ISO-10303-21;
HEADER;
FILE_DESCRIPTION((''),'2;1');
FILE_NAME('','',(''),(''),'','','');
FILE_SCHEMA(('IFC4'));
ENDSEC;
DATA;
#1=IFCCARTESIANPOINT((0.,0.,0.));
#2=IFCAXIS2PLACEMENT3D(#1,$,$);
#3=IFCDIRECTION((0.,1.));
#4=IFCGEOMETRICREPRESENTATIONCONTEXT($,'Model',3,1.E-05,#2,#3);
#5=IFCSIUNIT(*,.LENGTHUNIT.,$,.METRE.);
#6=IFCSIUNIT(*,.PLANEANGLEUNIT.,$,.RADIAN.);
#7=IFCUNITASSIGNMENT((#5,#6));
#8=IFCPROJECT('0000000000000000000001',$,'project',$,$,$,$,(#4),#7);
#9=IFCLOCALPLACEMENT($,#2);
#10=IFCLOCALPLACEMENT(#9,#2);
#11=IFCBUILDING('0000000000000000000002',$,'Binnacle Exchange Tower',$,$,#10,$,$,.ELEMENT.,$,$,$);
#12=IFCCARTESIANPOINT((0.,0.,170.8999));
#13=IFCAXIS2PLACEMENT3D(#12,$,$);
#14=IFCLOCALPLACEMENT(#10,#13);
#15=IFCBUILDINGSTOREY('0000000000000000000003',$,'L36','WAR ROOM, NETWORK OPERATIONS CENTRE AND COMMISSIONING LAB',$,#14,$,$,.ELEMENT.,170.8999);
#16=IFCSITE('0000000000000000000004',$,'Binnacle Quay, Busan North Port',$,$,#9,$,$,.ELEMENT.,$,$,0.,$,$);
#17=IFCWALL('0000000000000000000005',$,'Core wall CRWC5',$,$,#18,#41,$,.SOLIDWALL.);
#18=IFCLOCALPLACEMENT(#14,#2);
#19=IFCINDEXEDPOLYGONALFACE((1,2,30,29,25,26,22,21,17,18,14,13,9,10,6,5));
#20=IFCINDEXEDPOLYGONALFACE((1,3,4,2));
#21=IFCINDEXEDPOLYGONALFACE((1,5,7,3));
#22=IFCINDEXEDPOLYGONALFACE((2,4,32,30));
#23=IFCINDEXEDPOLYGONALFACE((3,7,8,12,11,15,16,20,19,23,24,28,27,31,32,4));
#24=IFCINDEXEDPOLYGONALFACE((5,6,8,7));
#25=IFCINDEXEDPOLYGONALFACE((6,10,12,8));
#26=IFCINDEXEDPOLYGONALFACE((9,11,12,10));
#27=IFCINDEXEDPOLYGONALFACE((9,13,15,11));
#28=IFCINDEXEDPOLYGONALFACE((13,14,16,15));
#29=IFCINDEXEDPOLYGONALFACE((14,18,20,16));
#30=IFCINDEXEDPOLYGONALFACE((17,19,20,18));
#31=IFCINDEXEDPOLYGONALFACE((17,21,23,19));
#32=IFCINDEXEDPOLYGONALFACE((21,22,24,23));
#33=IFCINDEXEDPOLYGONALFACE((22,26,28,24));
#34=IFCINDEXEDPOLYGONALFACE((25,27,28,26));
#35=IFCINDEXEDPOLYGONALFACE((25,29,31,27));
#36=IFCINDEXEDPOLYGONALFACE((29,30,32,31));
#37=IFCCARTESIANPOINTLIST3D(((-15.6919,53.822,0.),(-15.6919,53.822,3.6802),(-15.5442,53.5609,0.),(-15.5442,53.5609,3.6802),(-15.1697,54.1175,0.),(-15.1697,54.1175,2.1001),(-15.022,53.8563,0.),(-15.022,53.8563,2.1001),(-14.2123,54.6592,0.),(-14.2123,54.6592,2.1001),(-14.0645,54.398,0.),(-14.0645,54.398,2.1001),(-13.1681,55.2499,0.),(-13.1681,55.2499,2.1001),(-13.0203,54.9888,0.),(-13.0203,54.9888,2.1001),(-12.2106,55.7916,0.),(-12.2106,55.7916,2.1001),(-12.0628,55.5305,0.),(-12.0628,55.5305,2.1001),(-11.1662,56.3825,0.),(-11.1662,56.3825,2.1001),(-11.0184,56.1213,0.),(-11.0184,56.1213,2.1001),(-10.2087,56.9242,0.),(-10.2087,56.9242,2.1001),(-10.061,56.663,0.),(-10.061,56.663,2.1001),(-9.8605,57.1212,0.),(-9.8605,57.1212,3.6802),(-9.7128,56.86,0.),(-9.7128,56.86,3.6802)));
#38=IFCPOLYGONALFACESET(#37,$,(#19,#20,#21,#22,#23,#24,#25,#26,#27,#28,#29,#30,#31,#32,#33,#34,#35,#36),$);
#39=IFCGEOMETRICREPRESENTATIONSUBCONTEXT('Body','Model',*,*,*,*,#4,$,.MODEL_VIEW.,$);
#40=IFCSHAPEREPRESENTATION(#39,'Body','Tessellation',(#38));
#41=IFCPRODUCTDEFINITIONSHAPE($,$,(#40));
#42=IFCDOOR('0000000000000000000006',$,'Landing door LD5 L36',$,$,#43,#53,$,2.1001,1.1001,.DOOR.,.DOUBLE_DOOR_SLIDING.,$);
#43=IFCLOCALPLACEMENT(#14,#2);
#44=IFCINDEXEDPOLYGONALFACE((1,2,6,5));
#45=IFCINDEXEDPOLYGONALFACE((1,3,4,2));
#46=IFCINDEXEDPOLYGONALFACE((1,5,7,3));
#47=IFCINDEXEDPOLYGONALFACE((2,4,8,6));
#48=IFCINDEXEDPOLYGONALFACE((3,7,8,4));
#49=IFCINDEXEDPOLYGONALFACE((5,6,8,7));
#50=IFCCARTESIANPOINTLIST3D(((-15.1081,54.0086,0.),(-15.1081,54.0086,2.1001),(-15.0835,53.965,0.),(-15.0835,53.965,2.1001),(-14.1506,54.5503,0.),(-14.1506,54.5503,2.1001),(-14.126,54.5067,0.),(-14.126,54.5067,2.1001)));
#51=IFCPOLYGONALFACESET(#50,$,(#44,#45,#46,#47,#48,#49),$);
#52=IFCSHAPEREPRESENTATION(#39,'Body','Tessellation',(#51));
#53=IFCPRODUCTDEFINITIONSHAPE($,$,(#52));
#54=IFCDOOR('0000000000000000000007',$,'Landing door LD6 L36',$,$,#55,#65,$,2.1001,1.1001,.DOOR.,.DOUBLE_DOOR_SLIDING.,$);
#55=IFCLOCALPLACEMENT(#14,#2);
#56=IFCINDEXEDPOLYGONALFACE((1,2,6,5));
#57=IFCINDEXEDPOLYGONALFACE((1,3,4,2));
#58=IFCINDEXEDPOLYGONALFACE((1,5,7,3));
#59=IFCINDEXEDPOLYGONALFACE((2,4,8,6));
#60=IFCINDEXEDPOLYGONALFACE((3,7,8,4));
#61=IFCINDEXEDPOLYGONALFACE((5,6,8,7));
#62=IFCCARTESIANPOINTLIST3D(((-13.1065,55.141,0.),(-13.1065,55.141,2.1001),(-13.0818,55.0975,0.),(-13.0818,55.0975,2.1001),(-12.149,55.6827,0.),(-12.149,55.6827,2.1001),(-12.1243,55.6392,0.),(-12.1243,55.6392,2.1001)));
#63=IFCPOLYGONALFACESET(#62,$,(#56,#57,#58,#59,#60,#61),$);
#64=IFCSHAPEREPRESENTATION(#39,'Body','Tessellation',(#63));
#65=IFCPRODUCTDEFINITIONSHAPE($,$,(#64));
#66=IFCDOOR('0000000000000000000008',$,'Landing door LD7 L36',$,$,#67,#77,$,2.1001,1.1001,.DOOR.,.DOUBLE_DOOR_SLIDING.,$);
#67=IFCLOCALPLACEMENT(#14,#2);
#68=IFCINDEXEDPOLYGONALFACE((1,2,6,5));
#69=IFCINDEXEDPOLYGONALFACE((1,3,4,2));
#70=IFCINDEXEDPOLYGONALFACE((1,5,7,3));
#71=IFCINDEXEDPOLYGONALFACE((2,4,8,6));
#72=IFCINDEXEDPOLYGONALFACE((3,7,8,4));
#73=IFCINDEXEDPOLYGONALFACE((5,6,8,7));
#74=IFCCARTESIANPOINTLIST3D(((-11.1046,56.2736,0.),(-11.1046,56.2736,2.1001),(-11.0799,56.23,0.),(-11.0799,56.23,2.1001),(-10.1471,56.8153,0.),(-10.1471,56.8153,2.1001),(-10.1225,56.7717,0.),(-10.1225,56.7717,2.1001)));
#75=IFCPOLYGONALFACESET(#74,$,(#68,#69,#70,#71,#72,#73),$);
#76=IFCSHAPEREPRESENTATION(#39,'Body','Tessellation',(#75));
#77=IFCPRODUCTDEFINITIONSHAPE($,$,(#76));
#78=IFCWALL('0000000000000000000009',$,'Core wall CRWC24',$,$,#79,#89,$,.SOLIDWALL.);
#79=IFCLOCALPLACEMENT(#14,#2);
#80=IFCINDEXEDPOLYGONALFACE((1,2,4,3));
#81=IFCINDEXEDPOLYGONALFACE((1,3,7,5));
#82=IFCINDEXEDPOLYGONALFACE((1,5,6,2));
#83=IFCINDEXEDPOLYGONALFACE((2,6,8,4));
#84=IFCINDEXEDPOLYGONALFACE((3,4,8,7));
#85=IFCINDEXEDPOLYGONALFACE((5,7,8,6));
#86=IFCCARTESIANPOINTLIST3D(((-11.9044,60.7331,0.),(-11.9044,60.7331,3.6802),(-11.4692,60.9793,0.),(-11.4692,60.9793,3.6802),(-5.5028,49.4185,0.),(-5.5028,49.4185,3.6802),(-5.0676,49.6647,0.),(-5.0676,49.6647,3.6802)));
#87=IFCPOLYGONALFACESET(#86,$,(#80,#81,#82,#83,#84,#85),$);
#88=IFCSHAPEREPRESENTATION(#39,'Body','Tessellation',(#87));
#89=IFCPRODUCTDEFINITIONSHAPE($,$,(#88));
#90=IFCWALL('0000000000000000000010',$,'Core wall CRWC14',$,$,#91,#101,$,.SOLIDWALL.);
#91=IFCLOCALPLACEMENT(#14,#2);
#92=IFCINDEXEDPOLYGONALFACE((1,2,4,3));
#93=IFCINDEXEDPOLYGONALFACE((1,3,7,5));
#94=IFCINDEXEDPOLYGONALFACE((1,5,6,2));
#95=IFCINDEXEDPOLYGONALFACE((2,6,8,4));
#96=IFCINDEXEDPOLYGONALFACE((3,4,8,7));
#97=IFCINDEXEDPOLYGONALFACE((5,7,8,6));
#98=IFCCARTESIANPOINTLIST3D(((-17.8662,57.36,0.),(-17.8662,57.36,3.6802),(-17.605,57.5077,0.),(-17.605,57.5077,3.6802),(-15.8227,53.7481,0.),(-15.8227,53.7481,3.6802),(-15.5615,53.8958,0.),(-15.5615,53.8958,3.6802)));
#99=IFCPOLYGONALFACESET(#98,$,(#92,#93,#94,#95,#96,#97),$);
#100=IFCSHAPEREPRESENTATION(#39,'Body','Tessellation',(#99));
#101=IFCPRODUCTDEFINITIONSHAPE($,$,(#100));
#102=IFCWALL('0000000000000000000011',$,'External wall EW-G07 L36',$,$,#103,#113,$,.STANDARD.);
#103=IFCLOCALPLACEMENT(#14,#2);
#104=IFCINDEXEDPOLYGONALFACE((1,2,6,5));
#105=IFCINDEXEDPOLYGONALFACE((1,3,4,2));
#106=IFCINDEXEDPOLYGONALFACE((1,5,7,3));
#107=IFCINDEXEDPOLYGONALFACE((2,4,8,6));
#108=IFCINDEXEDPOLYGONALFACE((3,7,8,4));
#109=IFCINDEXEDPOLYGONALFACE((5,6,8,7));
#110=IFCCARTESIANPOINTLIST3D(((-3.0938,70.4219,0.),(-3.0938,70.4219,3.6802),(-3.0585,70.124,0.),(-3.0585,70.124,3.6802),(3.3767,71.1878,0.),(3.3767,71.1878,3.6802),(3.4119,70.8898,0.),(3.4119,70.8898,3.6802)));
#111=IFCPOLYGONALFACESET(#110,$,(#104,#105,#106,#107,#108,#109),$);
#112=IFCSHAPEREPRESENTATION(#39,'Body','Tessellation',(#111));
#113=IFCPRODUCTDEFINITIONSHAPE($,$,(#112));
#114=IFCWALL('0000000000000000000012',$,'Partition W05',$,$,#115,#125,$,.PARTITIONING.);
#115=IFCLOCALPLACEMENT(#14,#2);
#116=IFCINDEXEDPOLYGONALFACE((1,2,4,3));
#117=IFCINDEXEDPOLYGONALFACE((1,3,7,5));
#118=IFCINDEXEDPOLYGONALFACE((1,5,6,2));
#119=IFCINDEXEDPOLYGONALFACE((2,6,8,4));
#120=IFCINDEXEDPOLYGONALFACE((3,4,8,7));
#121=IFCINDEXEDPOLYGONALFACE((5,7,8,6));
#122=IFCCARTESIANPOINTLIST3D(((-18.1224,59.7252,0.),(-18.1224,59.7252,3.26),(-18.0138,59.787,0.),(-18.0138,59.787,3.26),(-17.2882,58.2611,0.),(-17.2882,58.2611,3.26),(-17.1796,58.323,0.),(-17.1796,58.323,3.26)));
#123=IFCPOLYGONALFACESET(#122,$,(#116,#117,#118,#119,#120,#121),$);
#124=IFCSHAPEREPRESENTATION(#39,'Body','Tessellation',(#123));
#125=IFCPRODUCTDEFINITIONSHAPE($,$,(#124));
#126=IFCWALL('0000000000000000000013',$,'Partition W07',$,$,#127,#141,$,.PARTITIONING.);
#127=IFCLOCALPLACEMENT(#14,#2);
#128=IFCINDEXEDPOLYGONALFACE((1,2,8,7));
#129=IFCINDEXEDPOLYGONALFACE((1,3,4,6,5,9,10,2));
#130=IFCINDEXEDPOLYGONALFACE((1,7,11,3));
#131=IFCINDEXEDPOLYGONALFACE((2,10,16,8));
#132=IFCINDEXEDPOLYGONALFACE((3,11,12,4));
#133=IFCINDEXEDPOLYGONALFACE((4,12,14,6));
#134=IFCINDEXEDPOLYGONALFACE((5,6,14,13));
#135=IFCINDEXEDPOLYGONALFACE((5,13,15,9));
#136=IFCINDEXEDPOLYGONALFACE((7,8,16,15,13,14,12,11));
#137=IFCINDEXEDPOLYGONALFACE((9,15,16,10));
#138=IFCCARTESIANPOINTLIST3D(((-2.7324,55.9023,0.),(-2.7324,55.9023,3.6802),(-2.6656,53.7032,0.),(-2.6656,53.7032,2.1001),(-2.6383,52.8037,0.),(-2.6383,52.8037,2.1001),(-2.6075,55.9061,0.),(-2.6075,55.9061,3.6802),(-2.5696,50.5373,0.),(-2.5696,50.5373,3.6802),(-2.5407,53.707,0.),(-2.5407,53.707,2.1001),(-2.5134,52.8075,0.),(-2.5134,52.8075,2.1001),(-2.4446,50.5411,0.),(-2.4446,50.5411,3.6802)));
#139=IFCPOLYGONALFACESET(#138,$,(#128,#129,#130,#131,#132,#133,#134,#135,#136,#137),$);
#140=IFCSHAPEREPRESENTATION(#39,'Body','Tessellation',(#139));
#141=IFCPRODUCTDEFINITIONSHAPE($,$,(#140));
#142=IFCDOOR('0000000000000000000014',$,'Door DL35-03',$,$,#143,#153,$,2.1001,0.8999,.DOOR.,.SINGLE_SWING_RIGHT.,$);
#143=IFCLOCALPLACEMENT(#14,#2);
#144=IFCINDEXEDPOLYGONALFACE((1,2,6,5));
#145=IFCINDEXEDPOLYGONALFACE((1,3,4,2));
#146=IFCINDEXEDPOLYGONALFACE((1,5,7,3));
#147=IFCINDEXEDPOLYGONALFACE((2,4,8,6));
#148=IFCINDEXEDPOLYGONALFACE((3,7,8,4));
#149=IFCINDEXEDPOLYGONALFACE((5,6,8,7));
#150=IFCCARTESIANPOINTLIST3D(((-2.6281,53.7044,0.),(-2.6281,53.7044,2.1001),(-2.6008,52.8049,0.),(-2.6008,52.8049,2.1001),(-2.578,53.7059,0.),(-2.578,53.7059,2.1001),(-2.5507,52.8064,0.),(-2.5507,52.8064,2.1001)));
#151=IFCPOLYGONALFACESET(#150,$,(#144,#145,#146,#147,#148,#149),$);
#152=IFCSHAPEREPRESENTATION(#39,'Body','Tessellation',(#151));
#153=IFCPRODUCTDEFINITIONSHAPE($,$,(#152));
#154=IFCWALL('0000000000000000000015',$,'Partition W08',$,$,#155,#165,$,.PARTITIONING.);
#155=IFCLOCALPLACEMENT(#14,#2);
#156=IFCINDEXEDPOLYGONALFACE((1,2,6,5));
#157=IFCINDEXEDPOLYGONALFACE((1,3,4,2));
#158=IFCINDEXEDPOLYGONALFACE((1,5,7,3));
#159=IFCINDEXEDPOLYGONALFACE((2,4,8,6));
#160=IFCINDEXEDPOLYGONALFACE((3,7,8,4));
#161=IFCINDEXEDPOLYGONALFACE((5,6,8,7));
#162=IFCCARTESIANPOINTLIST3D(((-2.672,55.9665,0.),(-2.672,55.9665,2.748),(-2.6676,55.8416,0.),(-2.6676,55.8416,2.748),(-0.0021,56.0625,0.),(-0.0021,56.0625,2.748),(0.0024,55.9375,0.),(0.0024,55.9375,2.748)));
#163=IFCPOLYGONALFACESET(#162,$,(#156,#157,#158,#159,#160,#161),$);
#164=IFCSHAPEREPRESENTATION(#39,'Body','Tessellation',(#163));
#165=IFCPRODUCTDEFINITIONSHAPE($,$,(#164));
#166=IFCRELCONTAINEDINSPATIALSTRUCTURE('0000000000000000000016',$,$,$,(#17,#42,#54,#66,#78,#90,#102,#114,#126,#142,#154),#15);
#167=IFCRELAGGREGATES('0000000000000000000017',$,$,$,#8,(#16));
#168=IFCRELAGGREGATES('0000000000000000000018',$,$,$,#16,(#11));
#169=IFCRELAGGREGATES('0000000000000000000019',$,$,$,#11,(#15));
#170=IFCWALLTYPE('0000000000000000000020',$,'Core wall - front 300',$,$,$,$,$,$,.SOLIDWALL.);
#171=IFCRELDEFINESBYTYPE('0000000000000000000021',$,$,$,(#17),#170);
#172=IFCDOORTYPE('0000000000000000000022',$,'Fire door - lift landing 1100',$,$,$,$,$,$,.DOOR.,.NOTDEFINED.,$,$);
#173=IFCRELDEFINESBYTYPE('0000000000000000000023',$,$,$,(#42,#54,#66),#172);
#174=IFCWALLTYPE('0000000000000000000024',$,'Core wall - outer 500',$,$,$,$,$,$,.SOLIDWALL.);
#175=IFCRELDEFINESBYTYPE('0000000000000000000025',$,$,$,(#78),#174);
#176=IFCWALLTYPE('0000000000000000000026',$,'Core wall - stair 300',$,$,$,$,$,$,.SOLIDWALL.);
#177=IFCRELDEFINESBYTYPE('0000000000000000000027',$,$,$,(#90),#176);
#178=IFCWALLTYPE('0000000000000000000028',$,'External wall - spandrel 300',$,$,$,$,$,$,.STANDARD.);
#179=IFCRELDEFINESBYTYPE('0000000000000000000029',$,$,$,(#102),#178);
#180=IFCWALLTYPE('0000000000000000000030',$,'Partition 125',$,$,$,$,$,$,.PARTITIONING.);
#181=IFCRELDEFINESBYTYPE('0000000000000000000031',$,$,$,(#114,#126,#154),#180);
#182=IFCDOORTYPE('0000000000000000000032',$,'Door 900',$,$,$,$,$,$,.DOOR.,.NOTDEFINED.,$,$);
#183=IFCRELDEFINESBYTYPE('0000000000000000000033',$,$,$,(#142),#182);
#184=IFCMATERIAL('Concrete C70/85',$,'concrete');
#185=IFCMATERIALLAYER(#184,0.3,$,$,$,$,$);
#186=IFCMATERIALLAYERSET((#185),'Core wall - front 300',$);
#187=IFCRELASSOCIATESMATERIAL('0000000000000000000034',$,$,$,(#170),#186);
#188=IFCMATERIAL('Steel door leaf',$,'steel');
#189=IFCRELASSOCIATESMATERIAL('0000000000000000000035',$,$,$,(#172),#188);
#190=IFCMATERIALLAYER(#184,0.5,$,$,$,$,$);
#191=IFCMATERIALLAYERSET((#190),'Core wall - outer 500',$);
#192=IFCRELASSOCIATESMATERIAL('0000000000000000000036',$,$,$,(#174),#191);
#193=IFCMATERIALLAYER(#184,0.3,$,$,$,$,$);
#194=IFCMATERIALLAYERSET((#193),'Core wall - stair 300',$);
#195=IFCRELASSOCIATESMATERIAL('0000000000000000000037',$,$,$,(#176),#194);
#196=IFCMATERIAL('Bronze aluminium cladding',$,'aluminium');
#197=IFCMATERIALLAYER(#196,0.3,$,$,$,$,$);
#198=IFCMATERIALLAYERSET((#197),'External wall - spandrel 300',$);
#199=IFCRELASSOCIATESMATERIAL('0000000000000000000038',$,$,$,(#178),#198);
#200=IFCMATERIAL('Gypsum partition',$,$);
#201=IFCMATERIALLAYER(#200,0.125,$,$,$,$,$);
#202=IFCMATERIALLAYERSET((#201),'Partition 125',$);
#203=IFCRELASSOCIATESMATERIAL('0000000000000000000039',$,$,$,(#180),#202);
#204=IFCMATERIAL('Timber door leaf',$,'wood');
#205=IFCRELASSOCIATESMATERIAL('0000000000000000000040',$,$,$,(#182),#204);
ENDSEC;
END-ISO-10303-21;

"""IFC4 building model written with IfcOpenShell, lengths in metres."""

from ifc_helpers import new_model, si_unit, direction, frame, frame_2d, origin, place, context, subcontext, project, spatial, rectangle, extrude, material, layer, layer_set, type_object, element, fill, save


model = new_model("IFC4")

# Units and contexts
model_context = context("Model", 3, precision=1e-05, world=origin(), true_north=direction((0.0, 1.0)))
body_context = subcontext(model_context, "Body", "Model", "MODEL_VIEW")
ifc_project = project(units=[si_unit("LENGTHUNIT", "METRE"), si_unit("PLANEANGLEUNIT", "RADIAN")], contexts=[model_context])

# Site, building, storey
site_placement = place(None, origin())
site = spatial("IfcSite", under=ifc_project, at=site_placement, Name="Binnacle Quay, Busan North Port", CompositionType="ELEMENT", RefElevation=0.0)
building_placement = place(site_placement, origin())
building = spatial("IfcBuilding", under=site, at=building_placement, Name="Binnacle Exchange Tower", CompositionType="ELEMENT")
storey_placement = place(building_placement, frame((0.0, 0.0, 170.8999)))
storey = spatial("IfcBuildingStorey", under=building, at=storey_placement, Name="L36", Description="WAR ROOM, NETWORK OPERATIONS CENTRE AND COMMISSIONING LAB", CompositionType="ELEMENT", Elevation=170.8999)

# Shared definitions
ifc_material_1 = material(Name="Concrete C70/85", Category="concrete")

# Wall, openings, doors
ifc_layer_1 = layer(ifc_material_1, 0.3)
ifc_layer_set_1 = layer_set([ifc_layer_1], Name="Core wall - front 300")
wall_type_1 = type_object("IfcWallType", Name="Core wall - front 300", PredefinedType="SOLIDWALL", material=ifc_layer_set_1)
wall_1_placement = place(storey_placement, frame((-15.6182, 53.6914, 0.0), z_axis=(0.0, 0.0, 1.0), x_axis=(0.870363, 0.49241, 0.0)))
wall_1 = element("IfcWall", 1, at=wall_1_placement, inside=storey, type_object=wall_type_1, Name="Core wall CRWC5", PredefinedType="SOLIDWALL", context=body_context, shape_type="SweptSolid", body=[
    extrude(rectangle(XDim=6.7, YDim=0.3, at=frame_2d((3.3501, 0.0))), origin(), (0.0, 0.0, 1.0), 3.6802),
])
opening_1_placement = place(wall_1_placement, frame((0.6001, 0.0, 0.0)))
opening_1 = element("IfcOpeningElement", 2, at=opening_1_placement, cuts=wall_1, PredefinedType="OPENING", context=body_context, shape_type="SweptSolid", body=[
    extrude(rectangle(XDim=1.1001, YDim=2.1001, at=frame_2d((0.55, 1.05))), frame((0.0, 0.1599, 0.0), z_axis=(0.0, -1.0, 0.0), x_axis=(1.0, 0.0, 0.0)), (0.0, 0.0, 1.0), 0.3201),
])
opening_2_placement = place(wall_1_placement, frame((2.8999, 0.0, 0.0)))
opening_2 = element("IfcOpeningElement", 3, at=opening_2_placement, cuts=wall_1, PredefinedType="OPENING", context=body_context, shape_type="SweptSolid", body=[
    extrude(rectangle(XDim=1.1001, YDim=2.1001, at=frame_2d((0.55, 1.05))), frame((0.0, 0.1599, 0.0), z_axis=(0.0, -1.0, 0.0), x_axis=(1.0, 0.0, 0.0)), (0.0, 0.0, 1.0), 0.3201),
])
opening_3_placement = place(wall_1_placement, frame((5.2, 0.0, 0.0)))
opening_3 = element("IfcOpeningElement", 4, at=opening_3_placement, cuts=wall_1, PredefinedType="OPENING", context=body_context, shape_type="SweptSolid", body=[
    extrude(rectangle(XDim=1.1001, YDim=2.1001, at=frame_2d((0.55, 1.05))), frame((0.0, 0.1599, 0.0), z_axis=(0.0, -1.0, 0.0), x_axis=(1.0, 0.0, 0.0)), (0.0, 0.0, 1.0), 0.3201),
])
ifc_material_2 = material(Name="Steel door leaf", Category="steel")
door_type_1 = type_object("IfcDoorType", Name="Fire door - lift landing 1100", OperationType="NOTDEFINED", PredefinedType="DOOR", material=ifc_material_2)
door_1_placement = place(opening_1_placement, origin())
door_1 = element("IfcDoor", 5, at=door_1_placement, inside=storey, type_object=door_type_1, Name="Landing door LD5 L36", OperationType="DOUBLE_DOOR_SLIDING", OverallHeight=2.1001, OverallWidth=1.1001, PredefinedType="DOOR", context=body_context, shape_type="SweptSolid", body=[
    extrude(rectangle(XDim=1.1001, YDim=2.1001, at=frame_2d((0.55, 1.05))), frame((0.0, 0.0249, 0.0), z_axis=(0.0, -1.0, 0.0), x_axis=(1.0, 0.0, 0.0)), (0.0, 0.0, 1.0), 0.05),
])
fill(opening_1, door_1)
door_2_placement = place(opening_2_placement, origin())
door_2 = element("IfcDoor", 6, at=door_2_placement, inside=storey, type_object=door_type_1, Name="Landing door LD6 L36", OperationType="DOUBLE_DOOR_SLIDING", OverallHeight=2.1001, OverallWidth=1.1001, PredefinedType="DOOR", context=body_context, shape_type="SweptSolid", body=[
    extrude(rectangle(XDim=1.1001, YDim=2.1001, at=frame_2d((0.55, 1.05))), frame((0.0, 0.0249, 0.0), z_axis=(0.0, -1.0, 0.0), x_axis=(1.0, 0.0, 0.0)), (0.0, 0.0, 1.0), 0.05),
])
fill(opening_2, door_2)
door_3_placement = place(opening_3_placement, origin())
door_3 = element("IfcDoor", 7, at=door_3_placement, inside=storey, type_object=door_type_1, Name="Landing door LD7 L36", OperationType="DOUBLE_DOOR_SLIDING", OverallHeight=2.1001, OverallWidth=1.1001, PredefinedType="DOOR", context=body_context, shape_type="SweptSolid", body=[
    extrude(rectangle(XDim=1.1001, YDim=2.1001, at=frame_2d((0.55, 1.05))), frame((0.0, 0.0249, 0.0), z_axis=(0.0, -1.0, 0.0), x_axis=(1.0, 0.0, 0.0)), (0.0, 0.0, 1.0), 0.05),
])
fill(opening_3, door_3)

# Walls
ifc_layer_2 = layer(ifc_material_1, 0.5)
ifc_layer_set_2 = layer_set([ifc_layer_2], Name="Core wall - outer 500")
wall_type_2 = type_object("IfcWallType", Name="Core wall - outer 500", PredefinedType="SOLIDWALL", material=ifc_layer_set_2)
wall_2_placement = place(storey_placement, frame((-11.6868, 60.8562, 0.0), z_axis=(0.0, 0.0, 1.0), x_axis=(0.492427, -0.870354, 0.0)))
element("IfcWall", 8, at=wall_2_placement, inside=storey, type_object=wall_type_2, Name="Core wall CRWC24", PredefinedType="SOLIDWALL", context=body_context, shape_type="SweptSolid", body=[
    extrude(rectangle(XDim=13.0, YDim=0.5, at=frame_2d((6.5, 0.0))), origin(), (0.0, 0.0, 1.0), 3.6802),
])
ifc_layer_3 = layer(ifc_material_1, 0.3)
ifc_layer_set_3 = layer_set([ifc_layer_3], Name="Core wall - stair 300")
wall_type_3 = type_object("IfcWallType", Name="Core wall - stair 300", PredefinedType="SOLIDWALL", material=ifc_layer_set_3)
wall_3_placement = place(storey_placement, frame((-17.7356, 57.4338, 0.0), z_axis=(0.0, 0.0, 1.0), x_axis=(0.492422, -0.870357, 0.0)))
element("IfcWall", 9, at=wall_3_placement, inside=storey, type_object=wall_type_3, Name="Core wall CRWC14", PredefinedType="SOLIDWALL", context=body_context, shape_type="SweptSolid", body=[
    extrude(rectangle(XDim=4.1499, YDim=0.3, at=frame_2d((2.075, 0.0))), origin(), (0.0, 0.0, 1.0), 3.6802),
])
ifc_material_3 = material(Name="Bronze aluminium cladding", Category="aluminium")
ifc_layer_4 = layer(ifc_material_3, 0.3)
ifc_layer_set_4 = layer_set([ifc_layer_4], Name="External wall - spandrel 300")
wall_type_4 = type_object("IfcWallType", Name="External wall - spandrel 300", PredefinedType="STANDARD", material=ifc_layer_set_4)
wall_4_placement = place(storey_placement, frame((-3.0762, 70.2729, 0.0), z_axis=(0.0, 0.0, 1.0), x_axis=(0.993068, 0.117543, 0.0)))
element("IfcWall", 10, at=wall_4_placement, inside=storey, type_object=wall_type_4, Name="External wall EW-G07 L36", PredefinedType="STANDARD", context=body_context, shape_type="SweptSolid", body=[
    extrude(rectangle(XDim=6.5156, YDim=0.3, at=frame_2d((3.2578, 0.0))), origin(), (0.0, 0.0, 1.0), 3.6802),
])
ifc_material_4 = material(Name="Gypsum partition")
ifc_layer_5 = layer(ifc_material_4, 0.125)
ifc_layer_set_5 = layer_set([ifc_layer_5], Name="Partition 125")
wall_type_5 = type_object("IfcWallType", Name="Partition 125", PredefinedType="PARTITIONING", material=ifc_layer_set_5)
wall_5_placement = place(storey_placement, frame((-18.0681, 59.7561, 0.0), z_axis=(0.0, 0.0, 1.0), x_axis=(0.495062, -0.868858, 0.0)))
element("IfcWall", 11, at=wall_5_placement, inside=storey, type_object=wall_type_5, Name="Partition W05", PredefinedType="PARTITIONING", context=body_context, shape_type="SweptSolid", body=[
    extrude(rectangle(XDim=1.6851, YDim=0.125, at=frame_2d((0.8425, 0.0))), origin(), (0.0, 0.0, 1.0), 3.26),
])

# Wall, opening, door
wall_6_placement = place(storey_placement, frame((-2.6699, 55.9041, 0.0), z_axis=(0.0, 0.0, 1.0), x_axis=(0.030339, -0.99954, 0.0)))
wall_6 = element("IfcWall", 12, at=wall_6_placement, inside=storey, type_object=wall_type_5, Name="Partition W07", PredefinedType="PARTITIONING", context=body_context, shape_type="SweptSolid", body=[
    extrude(rectangle(XDim=5.3674, YDim=0.125, at=frame_2d((2.6836, 0.0))), origin(), (0.0, 0.0, 1.0), 3.6802),
])
opening_4_placement = place(wall_6_placement, frame((2.2, 0.0, 0.0)))
opening_4 = element("IfcOpeningElement", 13, at=opening_4_placement, cuts=wall_6, PredefinedType="OPENING", context=body_context, shape_type="SweptSolid", body=[
    extrude(rectangle(XDim=0.8999, YDim=2.1001, at=frame_2d((0.45, 1.05))), frame((0.0, 0.0725, 0.0), z_axis=(0.0, -1.0, 0.0), x_axis=(1.0, 0.0, 0.0)), (0.0, 0.0, 1.0), 0.145),
])
ifc_material_5 = material(Name="Timber door leaf", Category="wood")
door_type_2 = type_object("IfcDoorType", Name="Door 900", OperationType="NOTDEFINED", PredefinedType="DOOR", material=ifc_material_5)
door_4_placement = place(opening_4_placement, frame((0.8999, 0.0, 0.0), z_axis=(0.0, 0.0, 1.0), x_axis=(-1.0, 0.0, 0.0)))
door_4 = element("IfcDoor", 14, at=door_4_placement, inside=storey, type_object=door_type_2, Name="Door DL35-03", OperationType="SINGLE_SWING_RIGHT", OverallHeight=2.1001, OverallWidth=0.8999, PredefinedType="DOOR", context=body_context, shape_type="SweptSolid", body=[
    extrude(rectangle(XDim=0.8999, YDim=2.1001, at=frame_2d((0.45, 1.05))), frame((0.0, 0.0249, 0.0), z_axis=(0.0, -1.0, 0.0), x_axis=(1.0, 0.0, 0.0)), (0.0, 0.0, 1.0), 0.05),
])
fill(opening_4, door_4)

# Wall
wall_7_placement = place(storey_placement, frame((-2.6699, 55.9041, 0.0), z_axis=(0.0, 0.0, 1.0), x_axis=(0.999355, 0.035913, 0.0)))
element("IfcWall", 15, at=wall_7_placement, inside=storey, type_object=wall_type_5, Name="Partition W08", PredefinedType="PARTITIONING", context=body_context, shape_type="SweptSolid", body=[
    extrude(rectangle(XDim=2.6716, YDim=0.125, at=frame_2d((1.3359, 0.0))), origin(), (0.0, 0.0, 1.0), 2.748),
])

save(model, "model.ifc")
